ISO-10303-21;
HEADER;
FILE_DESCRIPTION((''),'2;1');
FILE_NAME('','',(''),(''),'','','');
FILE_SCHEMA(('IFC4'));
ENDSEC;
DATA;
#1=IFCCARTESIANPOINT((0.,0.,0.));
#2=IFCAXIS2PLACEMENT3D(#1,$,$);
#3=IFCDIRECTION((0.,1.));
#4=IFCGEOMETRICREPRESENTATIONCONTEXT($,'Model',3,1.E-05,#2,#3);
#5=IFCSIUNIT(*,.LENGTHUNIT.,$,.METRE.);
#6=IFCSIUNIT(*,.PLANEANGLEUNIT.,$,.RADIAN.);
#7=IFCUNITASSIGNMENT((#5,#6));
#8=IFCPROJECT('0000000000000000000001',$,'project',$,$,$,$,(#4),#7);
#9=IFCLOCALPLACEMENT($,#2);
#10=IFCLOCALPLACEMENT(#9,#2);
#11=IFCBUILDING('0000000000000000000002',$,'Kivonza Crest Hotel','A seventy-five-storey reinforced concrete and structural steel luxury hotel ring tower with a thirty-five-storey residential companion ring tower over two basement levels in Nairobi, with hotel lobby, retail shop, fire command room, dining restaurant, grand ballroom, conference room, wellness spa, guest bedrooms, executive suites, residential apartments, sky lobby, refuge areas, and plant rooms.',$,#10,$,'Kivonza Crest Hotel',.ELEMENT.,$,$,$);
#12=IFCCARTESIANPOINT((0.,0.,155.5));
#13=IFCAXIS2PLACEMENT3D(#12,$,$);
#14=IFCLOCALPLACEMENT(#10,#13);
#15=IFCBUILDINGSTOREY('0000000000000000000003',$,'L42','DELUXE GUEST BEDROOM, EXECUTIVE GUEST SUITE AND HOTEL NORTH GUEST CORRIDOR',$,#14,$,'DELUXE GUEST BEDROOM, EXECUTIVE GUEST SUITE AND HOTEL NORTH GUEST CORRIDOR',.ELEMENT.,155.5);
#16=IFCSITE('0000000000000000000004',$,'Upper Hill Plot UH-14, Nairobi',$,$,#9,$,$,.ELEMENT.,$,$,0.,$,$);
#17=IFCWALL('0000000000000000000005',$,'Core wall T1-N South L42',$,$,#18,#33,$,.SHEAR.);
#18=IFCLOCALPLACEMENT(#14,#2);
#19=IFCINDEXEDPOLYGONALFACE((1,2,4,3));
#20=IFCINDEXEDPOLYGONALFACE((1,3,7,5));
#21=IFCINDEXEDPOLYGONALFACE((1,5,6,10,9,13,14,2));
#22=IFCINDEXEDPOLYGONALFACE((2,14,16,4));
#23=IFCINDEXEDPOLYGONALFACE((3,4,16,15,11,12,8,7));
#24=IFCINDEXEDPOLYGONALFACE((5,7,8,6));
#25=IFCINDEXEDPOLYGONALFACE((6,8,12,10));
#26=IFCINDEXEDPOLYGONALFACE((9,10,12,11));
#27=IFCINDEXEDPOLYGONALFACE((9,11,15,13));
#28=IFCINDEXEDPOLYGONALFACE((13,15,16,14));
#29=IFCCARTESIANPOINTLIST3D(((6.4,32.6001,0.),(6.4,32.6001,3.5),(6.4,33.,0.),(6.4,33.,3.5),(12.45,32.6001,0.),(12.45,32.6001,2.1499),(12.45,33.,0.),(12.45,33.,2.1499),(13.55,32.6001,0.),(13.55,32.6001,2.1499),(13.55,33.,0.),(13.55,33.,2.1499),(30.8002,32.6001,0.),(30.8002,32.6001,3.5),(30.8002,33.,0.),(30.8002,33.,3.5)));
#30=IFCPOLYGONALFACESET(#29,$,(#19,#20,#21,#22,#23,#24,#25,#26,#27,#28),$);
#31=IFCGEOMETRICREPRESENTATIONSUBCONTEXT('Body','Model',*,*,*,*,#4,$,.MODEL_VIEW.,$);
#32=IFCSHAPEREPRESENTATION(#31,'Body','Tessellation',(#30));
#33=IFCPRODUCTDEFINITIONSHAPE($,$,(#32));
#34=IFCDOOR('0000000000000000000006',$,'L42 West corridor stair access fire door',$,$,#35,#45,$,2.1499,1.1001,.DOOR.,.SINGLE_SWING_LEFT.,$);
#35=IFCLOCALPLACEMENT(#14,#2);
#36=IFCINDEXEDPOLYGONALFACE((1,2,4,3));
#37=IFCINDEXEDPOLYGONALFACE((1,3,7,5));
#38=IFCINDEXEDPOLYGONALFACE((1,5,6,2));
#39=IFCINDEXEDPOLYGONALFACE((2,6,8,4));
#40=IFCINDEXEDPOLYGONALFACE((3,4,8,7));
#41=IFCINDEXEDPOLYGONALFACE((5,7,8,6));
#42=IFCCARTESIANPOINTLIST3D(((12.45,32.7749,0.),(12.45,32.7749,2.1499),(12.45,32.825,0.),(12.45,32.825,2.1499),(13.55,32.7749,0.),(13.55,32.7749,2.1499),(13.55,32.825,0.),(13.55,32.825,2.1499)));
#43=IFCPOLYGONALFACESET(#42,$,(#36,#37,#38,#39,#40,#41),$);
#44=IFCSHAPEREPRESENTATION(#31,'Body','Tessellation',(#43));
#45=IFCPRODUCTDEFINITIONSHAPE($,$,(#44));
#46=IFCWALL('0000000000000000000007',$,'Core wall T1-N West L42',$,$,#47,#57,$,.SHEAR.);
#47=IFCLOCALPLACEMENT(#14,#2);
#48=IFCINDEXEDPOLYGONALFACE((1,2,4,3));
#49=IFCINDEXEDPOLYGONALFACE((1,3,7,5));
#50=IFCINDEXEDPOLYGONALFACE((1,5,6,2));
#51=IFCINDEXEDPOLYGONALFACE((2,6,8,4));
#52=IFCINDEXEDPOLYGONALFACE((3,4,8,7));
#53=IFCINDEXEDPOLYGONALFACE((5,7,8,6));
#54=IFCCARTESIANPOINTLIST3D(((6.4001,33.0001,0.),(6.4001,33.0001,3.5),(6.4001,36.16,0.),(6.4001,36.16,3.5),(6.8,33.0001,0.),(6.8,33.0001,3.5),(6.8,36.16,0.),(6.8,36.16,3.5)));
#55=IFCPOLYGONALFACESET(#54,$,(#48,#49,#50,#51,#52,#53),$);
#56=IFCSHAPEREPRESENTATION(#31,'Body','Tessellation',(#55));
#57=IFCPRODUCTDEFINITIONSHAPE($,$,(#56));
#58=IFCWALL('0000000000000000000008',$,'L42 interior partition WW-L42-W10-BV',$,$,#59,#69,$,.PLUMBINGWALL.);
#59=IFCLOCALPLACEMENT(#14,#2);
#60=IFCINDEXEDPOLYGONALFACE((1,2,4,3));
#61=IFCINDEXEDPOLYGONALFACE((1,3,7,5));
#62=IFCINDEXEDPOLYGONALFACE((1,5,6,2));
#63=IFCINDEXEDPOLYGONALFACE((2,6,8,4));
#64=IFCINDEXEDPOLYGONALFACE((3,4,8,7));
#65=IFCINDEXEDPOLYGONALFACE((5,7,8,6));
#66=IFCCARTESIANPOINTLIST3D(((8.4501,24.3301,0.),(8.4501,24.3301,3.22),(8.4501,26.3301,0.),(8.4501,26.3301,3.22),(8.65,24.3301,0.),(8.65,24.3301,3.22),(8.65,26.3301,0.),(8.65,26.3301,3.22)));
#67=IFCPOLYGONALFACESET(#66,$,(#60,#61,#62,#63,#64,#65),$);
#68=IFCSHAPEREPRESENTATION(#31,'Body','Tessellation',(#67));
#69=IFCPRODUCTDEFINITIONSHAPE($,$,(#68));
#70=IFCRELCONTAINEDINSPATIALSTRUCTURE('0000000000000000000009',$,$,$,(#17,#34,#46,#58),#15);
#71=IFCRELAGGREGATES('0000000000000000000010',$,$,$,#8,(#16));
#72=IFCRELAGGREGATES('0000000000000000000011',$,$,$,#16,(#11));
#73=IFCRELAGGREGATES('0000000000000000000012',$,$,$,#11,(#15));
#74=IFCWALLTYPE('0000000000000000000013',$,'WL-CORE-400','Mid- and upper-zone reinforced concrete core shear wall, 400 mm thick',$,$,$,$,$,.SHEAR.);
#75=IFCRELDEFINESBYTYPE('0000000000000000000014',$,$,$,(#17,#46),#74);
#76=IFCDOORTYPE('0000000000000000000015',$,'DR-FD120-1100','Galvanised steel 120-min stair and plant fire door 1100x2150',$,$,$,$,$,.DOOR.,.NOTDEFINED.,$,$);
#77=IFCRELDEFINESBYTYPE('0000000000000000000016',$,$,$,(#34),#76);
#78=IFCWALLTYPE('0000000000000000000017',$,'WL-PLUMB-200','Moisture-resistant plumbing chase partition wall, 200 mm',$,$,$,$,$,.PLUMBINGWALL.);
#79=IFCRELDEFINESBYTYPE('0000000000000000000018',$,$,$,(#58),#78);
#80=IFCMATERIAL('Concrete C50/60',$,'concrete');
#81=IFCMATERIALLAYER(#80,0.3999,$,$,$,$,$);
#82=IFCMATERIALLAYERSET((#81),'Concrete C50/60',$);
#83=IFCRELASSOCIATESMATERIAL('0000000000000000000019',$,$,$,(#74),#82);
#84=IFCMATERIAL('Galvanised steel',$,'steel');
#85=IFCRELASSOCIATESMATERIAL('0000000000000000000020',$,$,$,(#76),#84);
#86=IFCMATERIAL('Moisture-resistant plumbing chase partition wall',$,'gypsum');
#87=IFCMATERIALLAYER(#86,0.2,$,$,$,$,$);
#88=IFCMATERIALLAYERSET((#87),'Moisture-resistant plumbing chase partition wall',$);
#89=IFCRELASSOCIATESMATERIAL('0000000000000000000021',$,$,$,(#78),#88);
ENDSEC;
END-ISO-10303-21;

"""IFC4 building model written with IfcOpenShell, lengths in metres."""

from ifc_helpers import new_model, si_unit, direction, frame, frame_2d, origin, place, context, subcontext, project, spatial, rectangle, extrude, material, layer, layer_set, type_object, element, fill, save


model = new_model("IFC4")

# Units and contexts
model_context = context("Model", 3, precision=1e-05, world=origin(), true_north=direction((0.0, 1.0)))
body_context = subcontext(model_context, "Body", "Model", "MODEL_VIEW")
ifc_project = project(units=[si_unit("LENGTHUNIT", "METRE"), si_unit("PLANEANGLEUNIT", "RADIAN")], contexts=[model_context])

# Site, building, storey
site_placement = place(None, origin())
site = spatial("IfcSite", under=ifc_project, at=site_placement, Name="Upper Hill Plot UH-14, Nairobi", CompositionType="ELEMENT", RefElevation=0.0)
building_placement = place(site_placement, origin())
building = spatial("IfcBuilding", under=site, at=building_placement, Name="Kivonza Crest Hotel", Description="A seventy-five-storey reinforced concrete and structural steel luxury hotel ring tower with a thirty-five-storey residential companion ring tower over two basement levels in Nairobi, with hotel lobby, retail shop, fire command room, dining restaurant, grand ballroom, conference room, wellness spa, guest bedrooms, executive suites, residential apartments, sky lobby, refuge areas, and plant rooms.", LongName="Kivonza Crest Hotel", CompositionType="ELEMENT")
storey_placement = place(building_placement, frame((0.0, 0.0, 155.5)))
storey = spatial("IfcBuildingStorey", under=building, at=storey_placement, Name="L42", Description="DELUXE GUEST BEDROOM, EXECUTIVE GUEST SUITE AND HOTEL NORTH GUEST CORRIDOR", LongName="DELUXE GUEST BEDROOM, EXECUTIVE GUEST SUITE AND HOTEL NORTH GUEST CORRIDOR", CompositionType="ELEMENT", Elevation=155.5)

# Shared definitions
ifc_material_1 = material(Name="Concrete C50/60", Category="concrete")

# Wall, opening, door
ifc_layer_1 = layer(ifc_material_1, 0.3999)
ifc_layer_set_1 = layer_set([ifc_layer_1], Name="Concrete C50/60")
wall_type_1 = type_object("IfcWallType", Name="WL-CORE-400", Description="Mid- and upper-zone reinforced concrete core shear wall, 400 mm thick", PredefinedType="SHEAR", material=ifc_layer_set_1)
wall_1_placement = place(storey_placement, frame((6.3999, 32.8, 0.0), z_axis=(0.0, 0.0, 1.0), x_axis=(1.0, 0.0, 0.0)))
wall_1 = element("IfcWall", 1, at=wall_1_placement, inside=storey, type_object=wall_type_1, Name="Core wall T1-N South L42", PredefinedType="SHEAR", context=body_context, shape_type="SweptSolid", body=[
    extrude(rectangle(XDim=24.4001, YDim=0.3999, at=frame_2d((12.2002, 0.0))), origin(), (0.0, 0.0, 1.0), 3.5),
])
opening_placement = place(wall_1_placement, frame((6.05, 0.0, 0.0)))
opening = element("IfcOpeningElement", 2, at=opening_placement, cuts=wall_1, PredefinedType="OPENING", context=body_context, shape_type="SweptSolid", body=[
    extrude(rectangle(XDim=1.1001, YDim=2.1499, at=frame_2d((0.55, 1.075))), frame((0.0, 0.21, 0.0), z_axis=(0.0, -1.0, 0.0), x_axis=(1.0, 0.0, 0.0)), (0.0, 0.0, 1.0), 0.4199),
])
ifc_material_2 = material(Name="Galvanised steel", Category="steel")
door_type = type_object("IfcDoorType", Name="DR-FD120-1100", Description="Galvanised steel 120-min stair and plant fire door 1100x2150", OperationType="NOTDEFINED", PredefinedType="DOOR", material=ifc_material_2)
door_placement = place(opening_placement, origin())
door = element("IfcDoor", 3, at=door_placement, inside=storey, type_object=door_type, Name="L42 West corridor stair access fire door", OperationType="SINGLE_SWING_LEFT", OverallHeight=2.1499, OverallWidth=1.1001, PredefinedType="DOOR", context=body_context, shape_type="SweptSolid", body=[
    extrude(rectangle(XDim=1.1001, YDim=2.1499, at=frame_2d((0.55, 1.075))), frame((0.0, 0.0249, 0.0), z_axis=(0.0, -1.0, 0.0), x_axis=(1.0, 0.0, 0.0)), (0.0, 0.0, 1.0), 0.05),
])
fill(opening, door)

# Walls
wall_2_placement = place(storey_placement, frame((6.6001, 33.0, 0.0), z_axis=(0.0, 0.0, 1.0), x_axis=(0.0, 1.0, 0.0)))
element("IfcWall", 4, at=wall_2_placement, inside=storey, type_object=wall_type_1, Name="Core wall T1-N West L42", PredefinedType="SHEAR", context=body_context, shape_type="SweptSolid", body=[
    extrude(rectangle(XDim=3.1599, YDim=0.3999, at=frame_2d((1.5801, 0.0))), origin(), (0.0, 0.0, 1.0), 3.5),
])
ifc_material_3 = material(Name="Moisture-resistant plumbing chase partition wall", Category="gypsum")
ifc_layer_2 = layer(ifc_material_3, 0.2)
ifc_layer_set_2 = layer_set([ifc_layer_2], Name="Moisture-resistant plumbing chase partition wall")
wall_type_2 = type_object("IfcWallType", Name="WL-PLUMB-200", Description="Moisture-resistant plumbing chase partition wall, 200 mm", PredefinedType="PLUMBINGWALL", material=ifc_layer_set_2)
wall_3_placement = place(storey_placement, frame((8.55, 24.3301, 0.0), z_axis=(0.0, 0.0, 1.0), x_axis=(0.0, 1.0, 0.0)))
element("IfcWall", 5, at=wall_3_placement, inside=storey, type_object=wall_type_2, Name="L42 interior partition WW-L42-W10-BV", PredefinedType="PLUMBINGWALL", context=body_context, shape_type="SweptSolid", body=[
    extrude(rectangle(XDim=2.0, YDim=0.2, at=frame_2d((1.0, 0.0))), origin(), (0.0, 0.0, 1.0), 3.22),
])

save(model, "model.ifc")
